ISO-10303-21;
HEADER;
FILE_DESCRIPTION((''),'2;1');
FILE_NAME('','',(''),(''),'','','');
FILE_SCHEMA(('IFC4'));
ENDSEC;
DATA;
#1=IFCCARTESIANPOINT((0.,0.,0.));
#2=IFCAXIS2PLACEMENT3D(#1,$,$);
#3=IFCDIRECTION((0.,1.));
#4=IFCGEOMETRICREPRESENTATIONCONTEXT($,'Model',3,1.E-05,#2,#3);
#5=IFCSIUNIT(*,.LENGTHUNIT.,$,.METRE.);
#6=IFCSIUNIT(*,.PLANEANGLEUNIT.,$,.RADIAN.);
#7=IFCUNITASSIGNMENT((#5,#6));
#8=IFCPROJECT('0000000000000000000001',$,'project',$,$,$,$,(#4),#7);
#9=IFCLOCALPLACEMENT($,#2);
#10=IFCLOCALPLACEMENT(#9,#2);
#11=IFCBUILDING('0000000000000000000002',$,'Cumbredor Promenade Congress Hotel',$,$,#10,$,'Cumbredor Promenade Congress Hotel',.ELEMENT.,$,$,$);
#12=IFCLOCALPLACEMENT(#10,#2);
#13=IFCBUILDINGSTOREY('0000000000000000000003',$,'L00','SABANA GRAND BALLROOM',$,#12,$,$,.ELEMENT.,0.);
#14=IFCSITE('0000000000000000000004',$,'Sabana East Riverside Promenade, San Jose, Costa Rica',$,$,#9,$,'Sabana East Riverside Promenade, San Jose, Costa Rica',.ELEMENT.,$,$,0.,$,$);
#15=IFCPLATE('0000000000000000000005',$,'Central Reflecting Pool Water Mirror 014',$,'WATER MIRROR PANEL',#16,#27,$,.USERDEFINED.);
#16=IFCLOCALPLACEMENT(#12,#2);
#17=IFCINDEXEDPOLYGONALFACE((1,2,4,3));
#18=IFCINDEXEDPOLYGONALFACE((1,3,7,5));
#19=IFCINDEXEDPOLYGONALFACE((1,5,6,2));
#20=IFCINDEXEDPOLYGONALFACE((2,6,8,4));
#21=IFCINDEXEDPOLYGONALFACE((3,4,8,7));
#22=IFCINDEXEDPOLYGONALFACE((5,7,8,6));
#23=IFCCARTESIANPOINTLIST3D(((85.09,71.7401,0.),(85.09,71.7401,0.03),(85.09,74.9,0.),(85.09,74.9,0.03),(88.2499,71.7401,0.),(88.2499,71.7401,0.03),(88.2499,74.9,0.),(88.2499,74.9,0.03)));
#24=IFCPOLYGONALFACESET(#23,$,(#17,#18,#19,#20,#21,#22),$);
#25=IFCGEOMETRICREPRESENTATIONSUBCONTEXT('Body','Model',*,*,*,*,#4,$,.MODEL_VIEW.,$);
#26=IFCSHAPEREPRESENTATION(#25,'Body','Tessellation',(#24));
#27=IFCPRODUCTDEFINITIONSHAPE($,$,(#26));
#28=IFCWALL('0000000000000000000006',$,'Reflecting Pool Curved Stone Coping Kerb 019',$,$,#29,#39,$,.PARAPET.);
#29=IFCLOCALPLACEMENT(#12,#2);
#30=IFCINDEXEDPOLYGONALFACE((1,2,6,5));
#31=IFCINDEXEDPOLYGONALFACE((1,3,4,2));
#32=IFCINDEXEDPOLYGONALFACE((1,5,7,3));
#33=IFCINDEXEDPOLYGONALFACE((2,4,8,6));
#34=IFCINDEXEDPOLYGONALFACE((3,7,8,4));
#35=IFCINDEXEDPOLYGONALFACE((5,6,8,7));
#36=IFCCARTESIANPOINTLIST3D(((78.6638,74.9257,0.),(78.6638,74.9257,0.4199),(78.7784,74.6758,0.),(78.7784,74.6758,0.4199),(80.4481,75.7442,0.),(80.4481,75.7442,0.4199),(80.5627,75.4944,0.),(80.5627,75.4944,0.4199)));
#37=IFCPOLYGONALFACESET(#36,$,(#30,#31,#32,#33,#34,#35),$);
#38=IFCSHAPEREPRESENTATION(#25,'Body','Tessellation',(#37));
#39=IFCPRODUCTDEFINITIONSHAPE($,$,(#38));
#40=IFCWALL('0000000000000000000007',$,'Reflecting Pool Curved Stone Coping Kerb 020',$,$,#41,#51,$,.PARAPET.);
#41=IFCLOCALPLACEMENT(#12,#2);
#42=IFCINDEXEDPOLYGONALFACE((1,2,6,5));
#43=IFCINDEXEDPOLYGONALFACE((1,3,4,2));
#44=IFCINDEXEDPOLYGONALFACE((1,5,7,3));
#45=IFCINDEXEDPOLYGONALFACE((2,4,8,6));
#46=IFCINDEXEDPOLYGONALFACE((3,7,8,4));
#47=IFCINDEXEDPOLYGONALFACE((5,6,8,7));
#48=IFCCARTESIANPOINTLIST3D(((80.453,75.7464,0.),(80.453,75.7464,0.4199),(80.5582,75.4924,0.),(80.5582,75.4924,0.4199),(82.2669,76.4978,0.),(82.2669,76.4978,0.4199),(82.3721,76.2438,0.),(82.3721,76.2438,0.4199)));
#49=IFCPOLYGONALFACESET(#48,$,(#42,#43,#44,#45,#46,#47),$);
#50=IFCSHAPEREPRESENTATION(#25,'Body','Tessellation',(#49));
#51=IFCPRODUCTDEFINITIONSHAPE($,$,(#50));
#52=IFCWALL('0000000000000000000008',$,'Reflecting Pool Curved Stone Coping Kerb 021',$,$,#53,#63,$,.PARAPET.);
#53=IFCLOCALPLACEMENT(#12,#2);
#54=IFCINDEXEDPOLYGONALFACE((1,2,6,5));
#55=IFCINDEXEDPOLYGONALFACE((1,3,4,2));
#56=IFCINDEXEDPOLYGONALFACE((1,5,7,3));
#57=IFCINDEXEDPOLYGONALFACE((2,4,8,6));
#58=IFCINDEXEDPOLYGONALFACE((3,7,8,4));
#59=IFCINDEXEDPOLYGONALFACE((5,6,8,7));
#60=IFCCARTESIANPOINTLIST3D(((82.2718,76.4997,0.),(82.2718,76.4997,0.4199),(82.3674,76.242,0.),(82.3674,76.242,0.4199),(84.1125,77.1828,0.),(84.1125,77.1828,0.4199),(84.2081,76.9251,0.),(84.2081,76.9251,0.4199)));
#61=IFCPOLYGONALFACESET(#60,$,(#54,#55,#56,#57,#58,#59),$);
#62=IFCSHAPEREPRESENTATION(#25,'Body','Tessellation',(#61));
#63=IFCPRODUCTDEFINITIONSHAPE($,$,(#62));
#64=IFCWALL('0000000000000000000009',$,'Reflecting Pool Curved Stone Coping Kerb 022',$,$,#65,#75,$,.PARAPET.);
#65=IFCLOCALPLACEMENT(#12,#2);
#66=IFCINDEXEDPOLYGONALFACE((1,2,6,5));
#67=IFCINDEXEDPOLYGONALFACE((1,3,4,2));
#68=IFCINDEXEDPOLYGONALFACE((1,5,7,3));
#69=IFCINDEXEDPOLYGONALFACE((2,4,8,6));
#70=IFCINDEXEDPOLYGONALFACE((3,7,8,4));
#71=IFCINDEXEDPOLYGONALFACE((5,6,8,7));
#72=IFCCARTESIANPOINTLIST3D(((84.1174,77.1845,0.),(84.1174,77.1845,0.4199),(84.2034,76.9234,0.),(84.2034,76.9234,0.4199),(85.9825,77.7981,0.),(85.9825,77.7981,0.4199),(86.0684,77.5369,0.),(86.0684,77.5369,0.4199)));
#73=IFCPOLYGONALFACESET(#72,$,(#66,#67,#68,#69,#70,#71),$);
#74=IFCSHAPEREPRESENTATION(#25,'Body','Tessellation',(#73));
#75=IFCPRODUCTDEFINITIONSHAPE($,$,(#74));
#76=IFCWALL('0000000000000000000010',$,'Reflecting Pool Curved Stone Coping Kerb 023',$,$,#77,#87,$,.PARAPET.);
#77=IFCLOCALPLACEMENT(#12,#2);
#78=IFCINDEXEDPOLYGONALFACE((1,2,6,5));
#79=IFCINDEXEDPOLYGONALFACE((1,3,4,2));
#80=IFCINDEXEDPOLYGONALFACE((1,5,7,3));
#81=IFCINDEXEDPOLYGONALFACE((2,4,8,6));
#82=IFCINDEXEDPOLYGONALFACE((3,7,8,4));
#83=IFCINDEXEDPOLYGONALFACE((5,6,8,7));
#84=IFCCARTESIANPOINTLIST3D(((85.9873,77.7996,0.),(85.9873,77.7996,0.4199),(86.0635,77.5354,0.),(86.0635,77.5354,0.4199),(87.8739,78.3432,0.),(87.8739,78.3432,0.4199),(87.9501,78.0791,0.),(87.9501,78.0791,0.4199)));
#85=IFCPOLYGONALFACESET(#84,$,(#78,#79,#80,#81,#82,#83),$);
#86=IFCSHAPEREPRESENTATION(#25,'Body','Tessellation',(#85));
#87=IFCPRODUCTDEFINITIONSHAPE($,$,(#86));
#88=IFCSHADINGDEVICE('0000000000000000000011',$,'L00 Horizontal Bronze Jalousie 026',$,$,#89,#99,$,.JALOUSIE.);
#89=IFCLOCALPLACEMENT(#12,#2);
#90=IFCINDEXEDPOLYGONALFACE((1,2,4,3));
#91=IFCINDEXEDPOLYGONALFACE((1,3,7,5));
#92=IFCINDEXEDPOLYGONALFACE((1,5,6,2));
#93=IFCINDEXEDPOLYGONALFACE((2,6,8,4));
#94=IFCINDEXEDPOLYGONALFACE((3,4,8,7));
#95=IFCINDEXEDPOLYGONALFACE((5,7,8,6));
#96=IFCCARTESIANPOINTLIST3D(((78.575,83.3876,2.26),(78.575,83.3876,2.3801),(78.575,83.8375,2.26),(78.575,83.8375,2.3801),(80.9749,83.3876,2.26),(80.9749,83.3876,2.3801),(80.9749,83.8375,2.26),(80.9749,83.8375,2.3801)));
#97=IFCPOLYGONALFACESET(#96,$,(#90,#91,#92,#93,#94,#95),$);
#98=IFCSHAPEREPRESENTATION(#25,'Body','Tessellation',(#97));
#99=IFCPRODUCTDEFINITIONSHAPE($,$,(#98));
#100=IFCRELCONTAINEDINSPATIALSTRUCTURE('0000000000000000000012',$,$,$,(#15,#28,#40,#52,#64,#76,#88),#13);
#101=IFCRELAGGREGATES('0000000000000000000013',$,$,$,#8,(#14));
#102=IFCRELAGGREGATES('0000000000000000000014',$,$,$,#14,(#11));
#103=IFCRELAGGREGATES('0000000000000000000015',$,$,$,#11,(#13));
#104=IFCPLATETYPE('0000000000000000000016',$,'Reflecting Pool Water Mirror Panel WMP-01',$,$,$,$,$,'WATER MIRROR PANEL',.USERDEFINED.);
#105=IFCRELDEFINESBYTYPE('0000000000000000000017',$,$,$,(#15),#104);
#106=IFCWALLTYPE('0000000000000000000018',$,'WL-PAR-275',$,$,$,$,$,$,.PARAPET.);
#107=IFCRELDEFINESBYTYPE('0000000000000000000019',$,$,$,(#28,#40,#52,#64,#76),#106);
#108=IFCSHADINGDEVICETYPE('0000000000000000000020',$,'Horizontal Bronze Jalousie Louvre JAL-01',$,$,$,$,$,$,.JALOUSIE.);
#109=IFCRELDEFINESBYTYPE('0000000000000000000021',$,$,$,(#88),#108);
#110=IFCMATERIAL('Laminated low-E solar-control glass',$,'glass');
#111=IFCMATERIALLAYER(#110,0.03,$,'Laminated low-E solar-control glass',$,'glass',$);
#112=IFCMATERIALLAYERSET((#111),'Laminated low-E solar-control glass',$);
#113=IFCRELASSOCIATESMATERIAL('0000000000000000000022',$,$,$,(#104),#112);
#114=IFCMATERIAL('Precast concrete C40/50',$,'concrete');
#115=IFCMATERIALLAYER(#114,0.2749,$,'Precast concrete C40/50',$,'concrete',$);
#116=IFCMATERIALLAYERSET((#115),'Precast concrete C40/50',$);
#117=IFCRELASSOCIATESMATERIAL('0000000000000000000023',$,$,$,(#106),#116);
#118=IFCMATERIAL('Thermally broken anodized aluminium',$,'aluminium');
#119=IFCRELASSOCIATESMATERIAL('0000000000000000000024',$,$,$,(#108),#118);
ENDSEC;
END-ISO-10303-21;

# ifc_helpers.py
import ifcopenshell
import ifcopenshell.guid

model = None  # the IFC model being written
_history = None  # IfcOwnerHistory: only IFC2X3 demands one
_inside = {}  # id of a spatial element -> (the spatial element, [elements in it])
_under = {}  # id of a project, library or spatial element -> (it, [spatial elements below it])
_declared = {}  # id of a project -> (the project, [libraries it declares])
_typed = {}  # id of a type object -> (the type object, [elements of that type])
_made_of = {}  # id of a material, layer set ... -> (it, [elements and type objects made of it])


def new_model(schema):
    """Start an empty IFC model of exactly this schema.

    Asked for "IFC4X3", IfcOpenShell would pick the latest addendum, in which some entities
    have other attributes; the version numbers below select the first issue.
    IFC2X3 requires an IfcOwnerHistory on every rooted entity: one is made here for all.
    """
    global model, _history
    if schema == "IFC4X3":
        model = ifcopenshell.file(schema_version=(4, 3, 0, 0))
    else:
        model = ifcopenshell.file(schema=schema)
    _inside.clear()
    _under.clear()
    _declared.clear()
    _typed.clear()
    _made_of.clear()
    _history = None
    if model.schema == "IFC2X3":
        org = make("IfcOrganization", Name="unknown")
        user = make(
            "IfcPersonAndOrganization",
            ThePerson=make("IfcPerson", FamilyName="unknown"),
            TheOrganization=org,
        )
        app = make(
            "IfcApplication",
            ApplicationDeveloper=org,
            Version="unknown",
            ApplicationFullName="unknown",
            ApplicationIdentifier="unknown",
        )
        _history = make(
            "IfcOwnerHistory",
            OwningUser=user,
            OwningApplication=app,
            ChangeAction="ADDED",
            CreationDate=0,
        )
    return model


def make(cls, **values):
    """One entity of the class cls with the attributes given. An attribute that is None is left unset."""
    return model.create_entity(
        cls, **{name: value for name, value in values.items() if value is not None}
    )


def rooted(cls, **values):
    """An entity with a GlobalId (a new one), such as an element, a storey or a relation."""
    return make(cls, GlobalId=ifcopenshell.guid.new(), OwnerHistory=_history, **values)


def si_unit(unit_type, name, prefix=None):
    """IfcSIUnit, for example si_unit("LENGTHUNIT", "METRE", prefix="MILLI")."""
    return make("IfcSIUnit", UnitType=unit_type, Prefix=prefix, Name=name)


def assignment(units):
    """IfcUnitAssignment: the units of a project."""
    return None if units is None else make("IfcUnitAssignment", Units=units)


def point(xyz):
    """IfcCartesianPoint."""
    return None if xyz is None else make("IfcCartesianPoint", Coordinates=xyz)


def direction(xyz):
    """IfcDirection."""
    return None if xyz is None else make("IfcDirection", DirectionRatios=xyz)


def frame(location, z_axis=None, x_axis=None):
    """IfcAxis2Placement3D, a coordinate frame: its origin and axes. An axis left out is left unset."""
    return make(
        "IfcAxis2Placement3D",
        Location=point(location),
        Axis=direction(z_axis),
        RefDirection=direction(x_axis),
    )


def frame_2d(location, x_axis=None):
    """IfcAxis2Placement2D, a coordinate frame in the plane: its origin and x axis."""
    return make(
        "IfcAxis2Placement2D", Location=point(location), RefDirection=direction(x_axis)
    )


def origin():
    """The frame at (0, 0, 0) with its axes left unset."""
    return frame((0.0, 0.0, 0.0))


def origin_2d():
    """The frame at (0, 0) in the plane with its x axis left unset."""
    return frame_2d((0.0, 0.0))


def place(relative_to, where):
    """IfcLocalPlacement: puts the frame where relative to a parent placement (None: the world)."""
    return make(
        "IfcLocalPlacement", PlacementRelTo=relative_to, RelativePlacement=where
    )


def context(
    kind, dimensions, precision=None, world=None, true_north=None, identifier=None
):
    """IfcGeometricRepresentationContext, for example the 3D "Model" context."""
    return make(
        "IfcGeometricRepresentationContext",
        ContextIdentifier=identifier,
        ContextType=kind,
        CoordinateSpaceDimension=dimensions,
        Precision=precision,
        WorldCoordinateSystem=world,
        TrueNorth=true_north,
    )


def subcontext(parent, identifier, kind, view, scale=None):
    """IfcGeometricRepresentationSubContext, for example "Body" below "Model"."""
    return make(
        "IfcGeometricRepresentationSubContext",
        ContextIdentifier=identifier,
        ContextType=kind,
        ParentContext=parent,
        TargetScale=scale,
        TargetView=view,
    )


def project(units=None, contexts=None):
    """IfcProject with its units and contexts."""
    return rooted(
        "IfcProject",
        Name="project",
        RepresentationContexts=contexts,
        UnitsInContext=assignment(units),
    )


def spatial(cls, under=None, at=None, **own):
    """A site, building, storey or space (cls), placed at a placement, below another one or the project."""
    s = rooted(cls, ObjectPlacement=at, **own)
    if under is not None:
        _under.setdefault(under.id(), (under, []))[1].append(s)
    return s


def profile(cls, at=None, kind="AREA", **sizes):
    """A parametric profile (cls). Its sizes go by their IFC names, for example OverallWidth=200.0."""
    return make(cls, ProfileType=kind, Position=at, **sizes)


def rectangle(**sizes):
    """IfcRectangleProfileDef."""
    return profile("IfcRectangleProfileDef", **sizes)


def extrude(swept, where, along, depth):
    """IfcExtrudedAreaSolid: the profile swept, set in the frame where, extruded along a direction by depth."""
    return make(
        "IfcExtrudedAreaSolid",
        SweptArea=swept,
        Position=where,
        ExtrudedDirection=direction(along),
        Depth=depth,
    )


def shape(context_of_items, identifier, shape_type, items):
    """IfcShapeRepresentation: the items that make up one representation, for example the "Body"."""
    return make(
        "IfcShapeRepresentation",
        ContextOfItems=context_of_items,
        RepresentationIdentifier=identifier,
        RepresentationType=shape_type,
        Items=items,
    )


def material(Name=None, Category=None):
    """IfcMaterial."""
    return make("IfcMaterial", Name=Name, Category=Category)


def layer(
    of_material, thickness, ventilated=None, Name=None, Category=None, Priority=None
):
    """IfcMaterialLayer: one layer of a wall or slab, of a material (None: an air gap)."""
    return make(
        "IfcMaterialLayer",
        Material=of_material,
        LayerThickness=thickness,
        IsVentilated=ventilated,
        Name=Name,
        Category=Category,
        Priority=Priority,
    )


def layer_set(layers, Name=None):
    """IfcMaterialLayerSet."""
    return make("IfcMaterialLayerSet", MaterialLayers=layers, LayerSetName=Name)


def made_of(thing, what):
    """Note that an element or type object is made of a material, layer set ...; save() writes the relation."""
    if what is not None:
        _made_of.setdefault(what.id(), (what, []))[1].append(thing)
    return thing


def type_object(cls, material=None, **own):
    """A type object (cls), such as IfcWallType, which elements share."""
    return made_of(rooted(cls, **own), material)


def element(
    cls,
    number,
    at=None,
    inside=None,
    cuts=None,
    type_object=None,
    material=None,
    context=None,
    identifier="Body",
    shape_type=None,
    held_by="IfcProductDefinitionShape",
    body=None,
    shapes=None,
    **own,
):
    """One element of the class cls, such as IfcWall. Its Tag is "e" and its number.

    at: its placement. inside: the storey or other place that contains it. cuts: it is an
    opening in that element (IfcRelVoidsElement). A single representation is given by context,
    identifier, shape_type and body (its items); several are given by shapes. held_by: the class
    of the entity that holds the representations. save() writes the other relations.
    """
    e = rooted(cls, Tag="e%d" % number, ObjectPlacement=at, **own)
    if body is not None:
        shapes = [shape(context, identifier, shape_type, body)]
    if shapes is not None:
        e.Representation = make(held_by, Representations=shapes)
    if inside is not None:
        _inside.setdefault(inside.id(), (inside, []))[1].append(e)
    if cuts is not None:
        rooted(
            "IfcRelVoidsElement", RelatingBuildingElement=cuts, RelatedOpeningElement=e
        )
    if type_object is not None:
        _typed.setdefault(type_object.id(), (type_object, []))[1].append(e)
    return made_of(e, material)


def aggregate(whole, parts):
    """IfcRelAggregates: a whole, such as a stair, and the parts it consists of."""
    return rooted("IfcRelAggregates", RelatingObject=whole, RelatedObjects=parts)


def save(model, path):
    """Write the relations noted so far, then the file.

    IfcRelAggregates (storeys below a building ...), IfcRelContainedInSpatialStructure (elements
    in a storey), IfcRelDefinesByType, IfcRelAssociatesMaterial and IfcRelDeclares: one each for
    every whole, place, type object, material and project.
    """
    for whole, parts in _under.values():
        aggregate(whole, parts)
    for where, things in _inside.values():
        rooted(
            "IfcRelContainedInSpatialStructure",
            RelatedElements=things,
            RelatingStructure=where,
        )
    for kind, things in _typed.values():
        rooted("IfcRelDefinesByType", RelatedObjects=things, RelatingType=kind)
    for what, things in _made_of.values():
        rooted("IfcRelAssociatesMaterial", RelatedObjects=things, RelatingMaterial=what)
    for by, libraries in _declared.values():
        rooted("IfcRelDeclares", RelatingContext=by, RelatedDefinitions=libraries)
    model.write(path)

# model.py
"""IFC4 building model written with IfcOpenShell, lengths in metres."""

from ifc_helpers import new_model, si_unit, direction, frame, frame_2d, origin, origin_2d, place, context, subcontext, project, spatial, rectangle, extrude, material, layer, layer_set, type_object, element, save


model = new_model("IFC4")

# Units and contexts
model_context = context("Model", 3, precision=1e-05, world=origin(), true_north=direction((0.0, 1.0)))
body_context = subcontext(model_context, "Body", "Model", "MODEL_VIEW")
ifc_project = project(units=[si_unit("LENGTHUNIT", "METRE"), si_unit("PLANEANGLEUNIT", "RADIAN")], contexts=[model_context])

# Site, building, storey
site_placement = place(None, origin())
site = spatial("IfcSite", under=ifc_project, at=site_placement, Name="Sabana East Riverside Promenade, San Jose, Costa Rica", LongName="Sabana East Riverside Promenade, San Jose, Costa Rica", CompositionType="ELEMENT", RefElevation=0.0)
building_placement = place(site_placement, origin())
building = spatial("IfcBuilding", under=site, at=building_placement, Name="Cumbredor Promenade Congress Hotel", LongName="Cumbredor Promenade Congress Hotel", CompositionType="ELEMENT")
storey_placement = place(building_placement, origin())
storey = spatial("IfcBuildingStorey", under=building, at=storey_placement, Name="L00", Description="SABANA GRAND BALLROOM", CompositionType="ELEMENT", Elevation=0.0)

# Shared definitions
ifc_material_1 = material(Name="Thermally broken anodized aluminium", Category="aluminium")

# Plate
ifc_material_2 = material(Name="Laminated low-E solar-control glass", Category="glass")
ifc_layer_1 = layer(ifc_material_2, 0.03, Name="Laminated low-E solar-control glass", Category="glass")
ifc_layer_set_1 = layer_set([ifc_layer_1], Name="Laminated low-E solar-control glass")
plate_type = type_object("IfcPlateType", Name="Reflecting Pool Water Mirror Panel WMP-01", ElementType="WATER MIRROR PANEL", PredefinedType="USERDEFINED", material=ifc_layer_set_1)
for number, where, z_axis, x_axis, name in (
    (1, (86.6699, 73.3201, 0.0), (0.0, 0.0, 1.0), (1.0, 0.0, 0.0), "Central Reflecting Pool Water Mirror 014"),
):
    element("IfcPlate", number, at=place(storey_placement, frame(where, z_axis=z_axis, x_axis=x_axis)), inside=storey, type_object=plate_type, Name=name, ObjectType="WATER MIRROR PANEL", PredefinedType="USERDEFINED", context=body_context, shape_type="SweptSolid", body=[
        extrude(rectangle(XDim=3.1599, YDim=3.1599, at=origin_2d()), origin(), (0.0, 0.0, 1.0), 0.03),
    ])

# Walls
ifc_material_3 = material(Name="Precast concrete C40/50", Category="concrete")
ifc_layer_2 = layer(ifc_material_3, 0.2749, Name="Precast concrete C40/50", Category="concrete")
ifc_layer_set_2 = layer_set([ifc_layer_2], Name="Precast concrete C40/50")
wall_type = type_object("IfcWallType", Name="WL-PAR-275", PredefinedType="PARAPET", material=ifc_layer_set_2)
wall_placement = place(storey_placement, frame((78.7212, 74.8008, 0.0), z_axis=(0.0, 0.0, 1.0), x_axis=(0.908922, 0.416967, 0.0)))
element("IfcWall", 2, at=wall_placement, inside=storey, type_object=wall_type, Name="Reflecting Pool Curved Stone Coping Kerb 019", PredefinedType="PARAPET", context=body_context, shape_type="SweptSolid", body=[
    extrude(rectangle(XDim=1.9631, YDim=0.2749, at=frame_2d((0.9814, 0.0))), origin(), (0.0, 0.0, 1.0), 0.4199),
])
for number, where, z_axis, x_axis, name in (
    (3, (80.5056, 75.6194, 0.0), (0.0, 0.0, 1.0), (0.923862, 0.382725, 0.0), "Reflecting Pool Curved Stone Coping Kerb 020"),
    (4, (82.3196, 76.3708, 0.0), (0.0, 0.0, 1.0), (0.93753, 0.347906, 0.0), "Reflecting Pool Curved Stone Coping Kerb 021"),
    (5, (84.1604, 77.054, 0.0), (0.0, 0.0, 1.0), (0.949919, 0.312495, 0.0), "Reflecting Pool Curved Stone Coping Kerb 022"),
    (6, (86.0254, 77.6675, 0.0), (0.0, 0.0, 1.0), (0.960897, 0.276905, 0.0), "Reflecting Pool Curved Stone Coping Kerb 023"),
):
    element("IfcWall", number, at=place(storey_placement, frame(where, z_axis=z_axis, x_axis=x_axis)), inside=storey, type_object=wall_type, Name=name, PredefinedType="PARAPET", context=body_context, shape_type="SweptSolid", body=[
        extrude(rectangle(XDim=1.9634, YDim=0.2749, at=frame_2d((0.9817, 0.0))), origin(), (0.0, 0.0, 1.0), 0.4199),
    ])

# Shading device
shading_device_type = type_object("IfcShadingDeviceType", Name="Horizontal Bronze Jalousie Louvre JAL-01", PredefinedType="JALOUSIE", material=ifc_material_1)
shading_device_placement = place(storey_placement, frame((79.7749, 83.6125, 2.26), z_axis=(0.0, 0.0, 1.0), x_axis=(1.0, 0.0, 0.0)))
element("IfcShadingDevice", 7, at=shading_device_placement, inside=storey, type_object=shading_device_type, Name="L00 Horizontal Bronze Jalousie 026", PredefinedType="JALOUSIE", context=body_context, shape_type="SweptSolid", body=[
    extrude(rectangle(XDim=2.3999, YDim=0.45, at=origin_2d()), origin(), (0.0, 0.0, 1.0), 0.1201),
])

save(model, "model.ifc")
